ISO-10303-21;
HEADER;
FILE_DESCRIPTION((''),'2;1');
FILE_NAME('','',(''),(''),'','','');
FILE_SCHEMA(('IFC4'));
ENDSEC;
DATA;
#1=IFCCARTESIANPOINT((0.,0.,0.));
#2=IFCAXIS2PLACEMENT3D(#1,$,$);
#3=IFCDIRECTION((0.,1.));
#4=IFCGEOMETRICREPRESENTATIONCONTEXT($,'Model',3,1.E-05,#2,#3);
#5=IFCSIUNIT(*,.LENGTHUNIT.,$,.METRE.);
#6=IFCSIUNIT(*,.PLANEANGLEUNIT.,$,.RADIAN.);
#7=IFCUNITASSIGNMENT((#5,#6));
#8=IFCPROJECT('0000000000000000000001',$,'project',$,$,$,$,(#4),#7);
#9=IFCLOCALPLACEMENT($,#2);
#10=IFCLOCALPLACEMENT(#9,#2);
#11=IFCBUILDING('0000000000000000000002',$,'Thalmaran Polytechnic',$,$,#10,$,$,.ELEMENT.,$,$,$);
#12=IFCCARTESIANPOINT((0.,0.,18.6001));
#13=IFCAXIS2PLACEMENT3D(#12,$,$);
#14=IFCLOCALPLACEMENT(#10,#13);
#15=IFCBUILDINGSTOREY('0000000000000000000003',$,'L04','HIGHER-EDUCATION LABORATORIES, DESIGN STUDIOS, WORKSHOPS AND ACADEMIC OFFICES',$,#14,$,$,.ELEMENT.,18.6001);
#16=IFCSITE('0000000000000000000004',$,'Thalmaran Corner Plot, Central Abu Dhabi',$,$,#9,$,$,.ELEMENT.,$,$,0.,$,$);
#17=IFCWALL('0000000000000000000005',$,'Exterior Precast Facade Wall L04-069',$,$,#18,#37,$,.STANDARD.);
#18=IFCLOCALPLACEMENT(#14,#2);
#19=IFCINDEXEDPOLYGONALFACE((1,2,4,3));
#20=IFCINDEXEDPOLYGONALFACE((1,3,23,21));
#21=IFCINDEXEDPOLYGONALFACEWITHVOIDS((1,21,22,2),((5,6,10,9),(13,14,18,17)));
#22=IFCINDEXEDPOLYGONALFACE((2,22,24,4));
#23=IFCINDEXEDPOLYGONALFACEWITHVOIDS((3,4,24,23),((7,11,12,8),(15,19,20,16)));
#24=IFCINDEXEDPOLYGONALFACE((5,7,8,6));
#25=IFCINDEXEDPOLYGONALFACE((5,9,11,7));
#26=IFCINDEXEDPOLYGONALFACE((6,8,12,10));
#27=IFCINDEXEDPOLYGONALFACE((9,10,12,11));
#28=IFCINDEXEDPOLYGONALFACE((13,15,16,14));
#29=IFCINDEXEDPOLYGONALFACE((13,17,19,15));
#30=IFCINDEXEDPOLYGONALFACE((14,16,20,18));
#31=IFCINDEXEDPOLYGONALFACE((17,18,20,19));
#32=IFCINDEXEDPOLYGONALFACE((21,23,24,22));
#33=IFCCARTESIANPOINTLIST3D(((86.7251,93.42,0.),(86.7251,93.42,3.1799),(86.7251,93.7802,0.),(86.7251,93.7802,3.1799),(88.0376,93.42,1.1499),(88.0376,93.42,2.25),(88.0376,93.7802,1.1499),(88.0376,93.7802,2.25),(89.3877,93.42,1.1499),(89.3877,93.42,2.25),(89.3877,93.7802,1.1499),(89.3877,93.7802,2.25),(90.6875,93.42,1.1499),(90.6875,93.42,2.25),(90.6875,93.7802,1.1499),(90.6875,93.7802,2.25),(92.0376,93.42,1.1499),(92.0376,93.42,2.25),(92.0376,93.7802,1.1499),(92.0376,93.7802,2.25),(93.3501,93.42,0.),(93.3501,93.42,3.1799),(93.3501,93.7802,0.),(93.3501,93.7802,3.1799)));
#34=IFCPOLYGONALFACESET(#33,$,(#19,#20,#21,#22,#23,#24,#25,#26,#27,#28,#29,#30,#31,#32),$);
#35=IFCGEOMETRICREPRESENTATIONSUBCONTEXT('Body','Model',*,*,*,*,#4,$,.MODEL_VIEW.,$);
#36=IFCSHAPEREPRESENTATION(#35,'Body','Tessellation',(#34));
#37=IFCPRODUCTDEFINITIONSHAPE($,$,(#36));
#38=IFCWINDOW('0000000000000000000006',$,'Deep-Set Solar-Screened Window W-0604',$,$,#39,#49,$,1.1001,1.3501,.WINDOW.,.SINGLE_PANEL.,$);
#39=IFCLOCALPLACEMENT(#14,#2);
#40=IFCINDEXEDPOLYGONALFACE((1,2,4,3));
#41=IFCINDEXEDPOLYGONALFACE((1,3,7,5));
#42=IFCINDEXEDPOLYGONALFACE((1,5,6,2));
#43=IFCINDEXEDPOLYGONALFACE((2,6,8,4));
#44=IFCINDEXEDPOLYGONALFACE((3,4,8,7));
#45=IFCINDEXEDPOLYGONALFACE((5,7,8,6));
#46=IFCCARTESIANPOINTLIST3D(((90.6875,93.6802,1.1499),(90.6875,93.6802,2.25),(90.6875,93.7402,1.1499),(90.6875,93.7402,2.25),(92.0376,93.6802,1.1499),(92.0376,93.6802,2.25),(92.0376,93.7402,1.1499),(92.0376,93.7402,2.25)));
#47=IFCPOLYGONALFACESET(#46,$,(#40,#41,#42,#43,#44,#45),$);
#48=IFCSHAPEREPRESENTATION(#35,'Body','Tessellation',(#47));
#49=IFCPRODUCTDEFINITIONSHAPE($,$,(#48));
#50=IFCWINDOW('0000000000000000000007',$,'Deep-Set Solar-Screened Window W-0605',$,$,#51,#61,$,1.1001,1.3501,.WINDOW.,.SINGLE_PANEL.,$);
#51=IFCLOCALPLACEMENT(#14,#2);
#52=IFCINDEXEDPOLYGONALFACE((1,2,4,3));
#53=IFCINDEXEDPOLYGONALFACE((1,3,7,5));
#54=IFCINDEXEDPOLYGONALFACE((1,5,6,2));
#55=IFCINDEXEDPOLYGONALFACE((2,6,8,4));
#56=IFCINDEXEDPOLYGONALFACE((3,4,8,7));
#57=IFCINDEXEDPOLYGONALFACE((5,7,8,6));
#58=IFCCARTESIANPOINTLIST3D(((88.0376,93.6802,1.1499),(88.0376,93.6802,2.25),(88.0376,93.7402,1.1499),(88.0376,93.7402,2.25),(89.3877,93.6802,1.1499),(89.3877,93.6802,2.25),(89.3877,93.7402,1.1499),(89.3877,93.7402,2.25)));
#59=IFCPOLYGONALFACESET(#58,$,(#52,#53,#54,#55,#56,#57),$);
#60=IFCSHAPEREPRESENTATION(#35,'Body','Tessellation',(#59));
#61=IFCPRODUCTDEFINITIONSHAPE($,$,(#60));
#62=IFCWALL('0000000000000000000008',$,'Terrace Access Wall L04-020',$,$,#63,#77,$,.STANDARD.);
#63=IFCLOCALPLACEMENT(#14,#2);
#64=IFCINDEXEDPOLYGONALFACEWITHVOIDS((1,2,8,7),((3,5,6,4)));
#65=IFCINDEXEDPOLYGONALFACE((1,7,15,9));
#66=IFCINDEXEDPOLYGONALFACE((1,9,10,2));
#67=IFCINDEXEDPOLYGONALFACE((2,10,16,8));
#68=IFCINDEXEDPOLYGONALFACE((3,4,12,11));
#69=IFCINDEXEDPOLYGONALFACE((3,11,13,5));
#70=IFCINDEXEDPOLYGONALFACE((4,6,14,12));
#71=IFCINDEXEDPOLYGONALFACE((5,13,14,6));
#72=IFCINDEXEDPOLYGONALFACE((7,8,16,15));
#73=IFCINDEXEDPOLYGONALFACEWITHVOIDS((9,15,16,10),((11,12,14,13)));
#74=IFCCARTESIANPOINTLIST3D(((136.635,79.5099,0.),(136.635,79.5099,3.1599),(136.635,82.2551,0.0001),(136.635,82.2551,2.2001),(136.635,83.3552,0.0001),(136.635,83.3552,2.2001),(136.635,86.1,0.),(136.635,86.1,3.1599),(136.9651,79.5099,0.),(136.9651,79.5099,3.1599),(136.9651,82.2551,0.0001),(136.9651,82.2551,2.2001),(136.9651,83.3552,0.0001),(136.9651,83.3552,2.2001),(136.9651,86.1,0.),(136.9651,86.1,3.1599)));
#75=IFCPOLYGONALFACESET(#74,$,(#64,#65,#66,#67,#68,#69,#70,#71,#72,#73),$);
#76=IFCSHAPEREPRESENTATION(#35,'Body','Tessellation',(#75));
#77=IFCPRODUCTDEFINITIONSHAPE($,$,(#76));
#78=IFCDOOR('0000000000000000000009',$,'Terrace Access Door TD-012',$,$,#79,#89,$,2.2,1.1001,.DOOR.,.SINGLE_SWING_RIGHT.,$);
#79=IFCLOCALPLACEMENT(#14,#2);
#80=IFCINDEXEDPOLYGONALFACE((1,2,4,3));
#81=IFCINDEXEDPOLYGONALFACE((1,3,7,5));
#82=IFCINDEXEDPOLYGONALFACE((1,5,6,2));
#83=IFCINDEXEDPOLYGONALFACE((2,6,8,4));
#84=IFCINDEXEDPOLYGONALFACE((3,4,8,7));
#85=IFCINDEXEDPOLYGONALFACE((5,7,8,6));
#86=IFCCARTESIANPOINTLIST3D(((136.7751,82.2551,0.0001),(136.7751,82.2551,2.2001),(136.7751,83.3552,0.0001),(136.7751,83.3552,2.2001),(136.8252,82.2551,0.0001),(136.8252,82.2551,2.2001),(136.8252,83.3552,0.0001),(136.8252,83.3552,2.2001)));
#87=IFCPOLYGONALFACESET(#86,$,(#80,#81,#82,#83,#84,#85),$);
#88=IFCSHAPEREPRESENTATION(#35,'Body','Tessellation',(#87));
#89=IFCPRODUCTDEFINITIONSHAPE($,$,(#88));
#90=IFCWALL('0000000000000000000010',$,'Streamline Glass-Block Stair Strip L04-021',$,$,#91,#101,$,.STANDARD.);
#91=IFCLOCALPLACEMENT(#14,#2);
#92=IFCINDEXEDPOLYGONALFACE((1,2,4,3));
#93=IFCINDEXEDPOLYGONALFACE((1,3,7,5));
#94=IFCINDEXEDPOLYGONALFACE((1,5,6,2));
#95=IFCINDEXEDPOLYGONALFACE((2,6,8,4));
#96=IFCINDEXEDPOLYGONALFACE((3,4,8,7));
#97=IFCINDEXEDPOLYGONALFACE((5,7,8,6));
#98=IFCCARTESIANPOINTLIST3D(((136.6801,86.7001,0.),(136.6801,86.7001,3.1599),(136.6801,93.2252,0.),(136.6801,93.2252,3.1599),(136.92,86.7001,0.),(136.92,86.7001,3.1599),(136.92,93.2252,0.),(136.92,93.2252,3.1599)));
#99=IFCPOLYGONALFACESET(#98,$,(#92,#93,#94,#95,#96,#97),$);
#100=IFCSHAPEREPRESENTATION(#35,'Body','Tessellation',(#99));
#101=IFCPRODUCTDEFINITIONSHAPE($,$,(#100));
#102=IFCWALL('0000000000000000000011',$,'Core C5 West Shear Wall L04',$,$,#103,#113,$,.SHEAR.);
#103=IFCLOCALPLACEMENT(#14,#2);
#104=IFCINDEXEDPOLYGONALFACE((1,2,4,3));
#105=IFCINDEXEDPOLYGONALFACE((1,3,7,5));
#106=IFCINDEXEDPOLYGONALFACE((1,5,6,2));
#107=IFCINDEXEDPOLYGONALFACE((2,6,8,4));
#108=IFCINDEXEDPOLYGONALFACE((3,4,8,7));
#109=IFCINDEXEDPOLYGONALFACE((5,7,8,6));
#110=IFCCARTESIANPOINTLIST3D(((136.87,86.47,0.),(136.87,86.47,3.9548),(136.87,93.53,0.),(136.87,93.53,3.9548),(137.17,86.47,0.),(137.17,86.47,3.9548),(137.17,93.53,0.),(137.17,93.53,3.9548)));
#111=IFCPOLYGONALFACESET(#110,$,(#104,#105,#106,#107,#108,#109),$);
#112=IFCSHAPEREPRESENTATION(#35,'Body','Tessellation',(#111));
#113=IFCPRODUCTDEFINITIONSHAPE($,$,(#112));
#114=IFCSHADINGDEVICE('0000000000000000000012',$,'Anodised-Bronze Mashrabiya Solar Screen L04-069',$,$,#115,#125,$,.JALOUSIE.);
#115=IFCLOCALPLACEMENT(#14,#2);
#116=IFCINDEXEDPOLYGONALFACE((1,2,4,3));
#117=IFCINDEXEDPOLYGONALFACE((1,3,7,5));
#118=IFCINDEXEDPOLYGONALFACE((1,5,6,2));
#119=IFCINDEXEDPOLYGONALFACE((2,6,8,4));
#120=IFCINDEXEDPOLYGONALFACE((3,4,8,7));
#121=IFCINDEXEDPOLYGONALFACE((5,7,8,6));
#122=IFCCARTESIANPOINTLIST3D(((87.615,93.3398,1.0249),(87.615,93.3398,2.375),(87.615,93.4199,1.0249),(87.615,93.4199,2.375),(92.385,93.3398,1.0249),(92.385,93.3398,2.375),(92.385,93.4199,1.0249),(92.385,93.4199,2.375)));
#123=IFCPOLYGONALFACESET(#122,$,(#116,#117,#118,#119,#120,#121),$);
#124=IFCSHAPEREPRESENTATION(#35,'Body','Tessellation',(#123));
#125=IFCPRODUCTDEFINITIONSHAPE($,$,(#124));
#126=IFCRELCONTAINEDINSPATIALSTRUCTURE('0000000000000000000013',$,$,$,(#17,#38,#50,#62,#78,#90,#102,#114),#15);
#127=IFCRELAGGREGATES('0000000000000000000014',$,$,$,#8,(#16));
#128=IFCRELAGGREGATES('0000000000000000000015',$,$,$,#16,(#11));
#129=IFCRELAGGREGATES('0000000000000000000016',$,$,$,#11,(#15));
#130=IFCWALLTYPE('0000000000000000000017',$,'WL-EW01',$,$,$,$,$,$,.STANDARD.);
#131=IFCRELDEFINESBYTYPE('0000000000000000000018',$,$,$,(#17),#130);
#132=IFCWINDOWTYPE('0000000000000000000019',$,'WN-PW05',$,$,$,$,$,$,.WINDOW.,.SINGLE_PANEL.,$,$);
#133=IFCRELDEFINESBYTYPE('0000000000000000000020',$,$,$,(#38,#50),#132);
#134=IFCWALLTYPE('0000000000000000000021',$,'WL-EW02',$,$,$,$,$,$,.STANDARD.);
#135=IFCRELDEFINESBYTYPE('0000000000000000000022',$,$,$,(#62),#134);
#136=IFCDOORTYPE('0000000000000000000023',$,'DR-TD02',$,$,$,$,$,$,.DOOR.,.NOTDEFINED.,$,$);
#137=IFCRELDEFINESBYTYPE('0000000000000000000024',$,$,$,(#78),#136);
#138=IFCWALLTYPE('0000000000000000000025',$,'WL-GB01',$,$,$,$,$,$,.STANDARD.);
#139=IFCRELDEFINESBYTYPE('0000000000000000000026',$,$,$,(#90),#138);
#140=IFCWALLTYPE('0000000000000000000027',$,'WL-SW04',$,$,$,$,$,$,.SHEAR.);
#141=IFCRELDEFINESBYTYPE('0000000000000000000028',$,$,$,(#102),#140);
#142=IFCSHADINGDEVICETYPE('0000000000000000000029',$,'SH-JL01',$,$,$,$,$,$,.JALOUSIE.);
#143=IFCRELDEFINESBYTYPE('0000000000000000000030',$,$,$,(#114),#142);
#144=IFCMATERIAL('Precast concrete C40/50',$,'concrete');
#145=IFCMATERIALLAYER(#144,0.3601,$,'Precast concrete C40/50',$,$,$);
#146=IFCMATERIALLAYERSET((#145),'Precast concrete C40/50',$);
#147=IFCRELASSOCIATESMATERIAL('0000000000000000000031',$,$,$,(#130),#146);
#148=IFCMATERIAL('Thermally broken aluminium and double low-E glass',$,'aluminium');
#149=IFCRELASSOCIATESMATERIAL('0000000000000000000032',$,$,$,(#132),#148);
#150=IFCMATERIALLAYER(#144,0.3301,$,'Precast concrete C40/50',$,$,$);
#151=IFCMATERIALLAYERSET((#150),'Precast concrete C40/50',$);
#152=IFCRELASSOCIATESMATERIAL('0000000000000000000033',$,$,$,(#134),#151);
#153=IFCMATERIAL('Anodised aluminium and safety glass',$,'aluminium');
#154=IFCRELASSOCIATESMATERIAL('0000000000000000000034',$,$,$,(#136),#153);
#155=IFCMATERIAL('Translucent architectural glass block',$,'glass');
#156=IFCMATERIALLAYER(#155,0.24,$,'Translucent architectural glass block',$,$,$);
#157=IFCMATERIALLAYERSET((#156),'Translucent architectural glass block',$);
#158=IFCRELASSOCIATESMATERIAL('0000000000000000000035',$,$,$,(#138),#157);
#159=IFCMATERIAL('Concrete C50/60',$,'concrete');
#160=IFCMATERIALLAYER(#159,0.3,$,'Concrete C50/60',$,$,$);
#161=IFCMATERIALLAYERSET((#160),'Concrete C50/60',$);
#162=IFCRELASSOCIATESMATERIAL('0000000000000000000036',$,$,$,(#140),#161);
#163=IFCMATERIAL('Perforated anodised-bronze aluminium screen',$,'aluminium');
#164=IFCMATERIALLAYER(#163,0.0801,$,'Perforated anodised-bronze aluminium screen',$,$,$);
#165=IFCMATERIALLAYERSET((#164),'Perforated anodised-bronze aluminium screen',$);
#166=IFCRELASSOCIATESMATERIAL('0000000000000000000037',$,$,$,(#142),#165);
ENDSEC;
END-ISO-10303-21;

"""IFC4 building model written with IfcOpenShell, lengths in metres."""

from ifc_helpers import new_model, si_unit, direction, frame, frame_2d, origin, origin_2d, place, context, subcontext, project, spatial, rectangle, extrude, material, layer, layer_set, type_object, element, fill, save


model = new_model("IFC4")

# Units and contexts
model_context = context("Model", 3, precision=1e-05, world=origin(), true_north=direction((0.0, 1.0)))
body_context = subcontext(model_context, "Body", "Model", "MODEL_VIEW")
ifc_project = project(units=[si_unit("LENGTHUNIT", "METRE"), si_unit("PLANEANGLEUNIT", "RADIAN")], contexts=[model_context])

# Site, building, storey
site_placement = place(None, origin())
site = spatial("IfcSite", under=ifc_project, at=site_placement, Name="Thalmaran Corner Plot, Central Abu Dhabi", CompositionType="ELEMENT", RefElevation=0.0)
building_placement = place(site_placement, origin())
building = spatial("IfcBuilding", under=site, at=building_placement, Name="Thalmaran Polytechnic", CompositionType="ELEMENT")
storey_placement = place(building_placement, frame((0.0, 0.0, 18.6001)))
storey = spatial("IfcBuildingStorey", under=building, at=storey_placement, Name="L04", Description="HIGHER-EDUCATION LABORATORIES, DESIGN STUDIOS, WORKSHOPS AND ACADEMIC OFFICES", CompositionType="ELEMENT", Elevation=18.6001)

# Wall, openings, windows
ifc_material_1 = material(Name="Precast concrete C40/50", Category="concrete")
ifc_layer_1 = layer(ifc_material_1, 0.3601, Name="Precast concrete C40/50")
ifc_layer_set_1 = layer_set([ifc_layer_1], Name="Precast concrete C40/50")
wall_type_1 = type_object("IfcWallType", Name="WL-EW01", PredefinedType="STANDARD", material=ifc_layer_set_1)
wall_1_placement = place(storey_placement, frame((93.3501, 93.6001, 0.0), z_axis=(0.0, 0.0, 1.0), x_axis=(-1.0, 0.0, 0.0)))
wall_1 = element("IfcWall", 1, at=wall_1_placement, inside=storey, type_object=wall_type_1, Name="Exterior Precast Facade Wall L04-069", PredefinedType="STANDARD", context=body_context, shape_type="SweptSolid", body=[
    extrude(rectangle(XDim=6.625, YDim=0.3601, at=frame_2d((3.3125, 0.0))), origin(), (0.0, 0.0, 1.0), 3.1799),
])
opening_1_placement = place(wall_1_placement, frame((1.3125, 0.0, 1.1499)))
opening_1 = element("IfcOpeningElement", 2, at=opening_1_placement, cuts=wall_1, PredefinedType="OPENING", context=body_context, shape_type="SweptSolid", body=[
    extrude(rectangle(XDim=1.3501, YDim=1.1001, at=frame_2d((0.675, 0.55))), frame((0.0, 0.1899, 0.0), z_axis=(0.0, -1.0, 0.0), x_axis=(1.0, 0.0, 0.0)), (0.0, 0.0, 1.0), 0.3801),
])
opening_2_placement = place(wall_1_placement, frame((3.9624, 0.0, 1.1499)))
opening_2 = element("IfcOpeningElement", 3, at=opening_2_placement, cuts=wall_1, PredefinedType="OPENING", context=body_context, shape_type="SweptSolid", body=[
    extrude(rectangle(XDim=1.3501, YDim=1.1001, at=frame_2d((0.675, 0.55))), frame((0.0, 0.1899, 0.0), z_axis=(0.0, -1.0, 0.0), x_axis=(1.0, 0.0, 0.0)), (0.0, 0.0, 1.0), 0.3801),
])
ifc_material_2 = material(Name="Thermally broken aluminium and double low-E glass", Category="aluminium")
window_type = type_object("IfcWindowType", Name="WN-PW05", PartitioningType="SINGLE_PANEL", PredefinedType="WINDOW", material=ifc_material_2)
window_1_placement = place(opening_1_placement, origin())
window_1 = element("IfcWindow", 4, at=window_1_placement, inside=storey, type_object=window_type, Name="Deep-Set Solar-Screened Window W-0604", OverallHeight=1.1001, OverallWidth=1.3501, PartitioningType="SINGLE_PANEL", PredefinedType="WINDOW", context=body_context, shape_type="SweptSolid", body=[
    extrude(rectangle(XDim=1.3501, YDim=1.1001, at=frame_2d((0.675, 0.55))), frame((0.0, -0.0801, 0.0), z_axis=(0.0, -1.0, 0.0), x_axis=(1.0, 0.0, 0.0)), (0.0, 0.0, 1.0), 0.0601),
])
fill(opening_1, window_1)
window_2_placement = place(opening_2_placement, origin())
window_2 = element("IfcWindow", 5, at=window_2_placement, inside=storey, type_object=window_type, Name="Deep-Set Solar-Screened Window W-0605", OverallHeight=1.1001, OverallWidth=1.3501, PartitioningType="SINGLE_PANEL", PredefinedType="WINDOW", context=body_context, shape_type="SweptSolid", body=[
    extrude(rectangle(XDim=1.3501, YDim=1.1001, at=frame_2d((0.675, 0.55))), frame((0.0, -0.0801, 0.0), z_axis=(0.0, -1.0, 0.0), x_axis=(1.0, 0.0, 0.0)), (0.0, 0.0, 1.0), 0.0601),
])
fill(opening_2, window_2)

# Wall, opening, door
ifc_layer_2 = layer(ifc_material_1, 0.3301, Name="Precast concrete C40/50")
ifc_layer_set_2 = layer_set([ifc_layer_2], Name="Precast concrete C40/50")
wall_type_2 = type_object("IfcWallType", Name="WL-EW02", PredefinedType="STANDARD", material=ifc_layer_set_2)
wall_2_placement = place(storey_placement, frame((136.8, 79.51, 0.0), z_axis=(0.0, 0.0, 1.0), x_axis=(0.0, 1.0, 0.0)))
wall_2 = element("IfcWall", 6, at=wall_2_placement, inside=storey, type_object=wall_type_2, Name="Terrace Access Wall L04-020", PredefinedType="STANDARD", context=body_context, shape_type="SweptSolid", body=[
    extrude(rectangle(XDim=6.5901, YDim=0.3301, at=frame_2d((3.2949, 0.0))), origin(), (0.0, 0.0, 1.0), 3.1599),
])
opening_3_placement = place(wall_2_placement, frame((2.7451, 0.0, 0.0)))
opening_3 = element("IfcOpeningElement", 7, at=opening_3_placement, cuts=wall_2, PredefinedType="OPENING", context=body_context, shape_type="SweptSolid", body=[
    extrude(rectangle(XDim=1.1001, YDim=2.2, at=frame_2d((0.55, 1.1001))), frame((0.0, 0.175, 0.0), z_axis=(0.0, -1.0, 0.0), x_axis=(1.0, 0.0, 0.0)), (0.0, 0.0, 1.0), 0.3501),
])
ifc_material_3 = material(Name="Anodised aluminium and safety glass", Category="aluminium")
door_type = type_object("IfcDoorType", Name="DR-TD02", OperationType="NOTDEFINED", PredefinedType="DOOR", material=ifc_material_3)
door_placement = place(opening_3_placement, origin())
door = element("IfcDoor", 8, at=door_placement, inside=storey, type_object=door_type, Name="Terrace Access Door TD-012", OperationType="SINGLE_SWING_RIGHT", OverallHeight=2.2, OverallWidth=1.1001, PredefinedType="DOOR", context=body_context, shape_type="SweptSolid", body=[
    extrude(rectangle(XDim=1.1001, YDim=2.2, at=frame_2d((0.55, 1.1001))), frame((0.0, 0.0249, 0.0), z_axis=(0.0, -1.0, 0.0), x_axis=(1.0, 0.0, 0.0)), (0.0, 0.0, 1.0), 0.05),
])
fill(opening_3, door)

# Walls
ifc_material_4 = material(Name="Translucent architectural glass block", Category="glass")
ifc_layer_3 = layer(ifc_material_4, 0.24, Name="Translucent architectural glass block")
ifc_layer_set_3 = layer_set([ifc_layer_3], Name="Translucent architectural glass block")
wall_type_3 = type_object("IfcWallType", Name="WL-GB01", PredefinedType="STANDARD", material=ifc_layer_set_3)
wall_3_placement = place(storey_placement, frame((136.8, 86.7, 0.0), z_axis=(0.0, 0.0, 1.0), x_axis=(0.0, 1.0, 0.0)))
element("IfcWall", 9, at=wall_3_placement, inside=storey, type_object=wall_type_3, Name="Streamline Glass-Block Stair Strip L04-021", PredefinedType="STANDARD", context=body_context, shape_type="SweptSolid", body=[
    extrude(rectangle(XDim=6.5251, YDim=0.24, at=frame_2d((3.2627, 0.0))), origin(), (0.0, 0.0, 1.0), 3.1599),
])
ifc_material_5 = material(Name="Concrete C50/60", Category="concrete")
ifc_layer_4 = layer(ifc_material_5, 0.3, Name="Concrete C50/60")
ifc_layer_set_4 = layer_set([ifc_layer_4], Name="Concrete C50/60")
wall_type_4 = type_object("IfcWallType", Name="WL-SW04", PredefinedType="SHEAR", material=ifc_layer_set_4)
wall_4_placement = place(storey_placement, frame((137.02, 93.53, 0.0), z_axis=(0.0, 0.0, 1.0), x_axis=(0.0, -1.0, 0.0)))
element("IfcWall", 10, at=wall_4_placement, inside=storey, type_object=wall_type_4, Name="Core C5 West Shear Wall L04", PredefinedType="SHEAR", context=body_context, shape_type="SweptSolid", body=[
    extrude(rectangle(XDim=7.0601, YDim=0.3, at=frame_2d((3.53, 0.0))), origin(), (0.0, 0.0, 1.0), 3.9548),
])

# Shading device
ifc_material_6 = material(Name="Perforated anodised-bronze aluminium screen", Category="aluminium")
ifc_layer_5 = layer(ifc_material_6, 0.0801, Name="Perforated anodised-bronze aluminium screen")
ifc_layer_set_5 = layer_set([ifc_layer_5], Name="Perforated anodised-bronze aluminium screen")
shading_device_type = type_object("IfcShadingDeviceType", Name="SH-JL01", PredefinedType="JALOUSIE", material=ifc_layer_set_5)
shading_device_placement = place(storey_placement, frame((90.0, 93.3799, 1.0249), z_axis=(0.0, 0.0, 1.0), x_axis=(-1.0, 0.0, 0.0)))
element("IfcShadingDevice", 11, at=shading_device_placement, inside=storey, type_object=shading_device_type, Name="Anodised-Bronze Mashrabiya Solar Screen L04-069", PredefinedType="JALOUSIE", context=body_context, shape_type="SweptSolid", body=[
    extrude(rectangle(XDim=4.77, YDim=0.0801, at=origin_2d()), origin(), (0.0, 0.0, 1.0), 1.3501),
])

save(model, "model.ifc")
